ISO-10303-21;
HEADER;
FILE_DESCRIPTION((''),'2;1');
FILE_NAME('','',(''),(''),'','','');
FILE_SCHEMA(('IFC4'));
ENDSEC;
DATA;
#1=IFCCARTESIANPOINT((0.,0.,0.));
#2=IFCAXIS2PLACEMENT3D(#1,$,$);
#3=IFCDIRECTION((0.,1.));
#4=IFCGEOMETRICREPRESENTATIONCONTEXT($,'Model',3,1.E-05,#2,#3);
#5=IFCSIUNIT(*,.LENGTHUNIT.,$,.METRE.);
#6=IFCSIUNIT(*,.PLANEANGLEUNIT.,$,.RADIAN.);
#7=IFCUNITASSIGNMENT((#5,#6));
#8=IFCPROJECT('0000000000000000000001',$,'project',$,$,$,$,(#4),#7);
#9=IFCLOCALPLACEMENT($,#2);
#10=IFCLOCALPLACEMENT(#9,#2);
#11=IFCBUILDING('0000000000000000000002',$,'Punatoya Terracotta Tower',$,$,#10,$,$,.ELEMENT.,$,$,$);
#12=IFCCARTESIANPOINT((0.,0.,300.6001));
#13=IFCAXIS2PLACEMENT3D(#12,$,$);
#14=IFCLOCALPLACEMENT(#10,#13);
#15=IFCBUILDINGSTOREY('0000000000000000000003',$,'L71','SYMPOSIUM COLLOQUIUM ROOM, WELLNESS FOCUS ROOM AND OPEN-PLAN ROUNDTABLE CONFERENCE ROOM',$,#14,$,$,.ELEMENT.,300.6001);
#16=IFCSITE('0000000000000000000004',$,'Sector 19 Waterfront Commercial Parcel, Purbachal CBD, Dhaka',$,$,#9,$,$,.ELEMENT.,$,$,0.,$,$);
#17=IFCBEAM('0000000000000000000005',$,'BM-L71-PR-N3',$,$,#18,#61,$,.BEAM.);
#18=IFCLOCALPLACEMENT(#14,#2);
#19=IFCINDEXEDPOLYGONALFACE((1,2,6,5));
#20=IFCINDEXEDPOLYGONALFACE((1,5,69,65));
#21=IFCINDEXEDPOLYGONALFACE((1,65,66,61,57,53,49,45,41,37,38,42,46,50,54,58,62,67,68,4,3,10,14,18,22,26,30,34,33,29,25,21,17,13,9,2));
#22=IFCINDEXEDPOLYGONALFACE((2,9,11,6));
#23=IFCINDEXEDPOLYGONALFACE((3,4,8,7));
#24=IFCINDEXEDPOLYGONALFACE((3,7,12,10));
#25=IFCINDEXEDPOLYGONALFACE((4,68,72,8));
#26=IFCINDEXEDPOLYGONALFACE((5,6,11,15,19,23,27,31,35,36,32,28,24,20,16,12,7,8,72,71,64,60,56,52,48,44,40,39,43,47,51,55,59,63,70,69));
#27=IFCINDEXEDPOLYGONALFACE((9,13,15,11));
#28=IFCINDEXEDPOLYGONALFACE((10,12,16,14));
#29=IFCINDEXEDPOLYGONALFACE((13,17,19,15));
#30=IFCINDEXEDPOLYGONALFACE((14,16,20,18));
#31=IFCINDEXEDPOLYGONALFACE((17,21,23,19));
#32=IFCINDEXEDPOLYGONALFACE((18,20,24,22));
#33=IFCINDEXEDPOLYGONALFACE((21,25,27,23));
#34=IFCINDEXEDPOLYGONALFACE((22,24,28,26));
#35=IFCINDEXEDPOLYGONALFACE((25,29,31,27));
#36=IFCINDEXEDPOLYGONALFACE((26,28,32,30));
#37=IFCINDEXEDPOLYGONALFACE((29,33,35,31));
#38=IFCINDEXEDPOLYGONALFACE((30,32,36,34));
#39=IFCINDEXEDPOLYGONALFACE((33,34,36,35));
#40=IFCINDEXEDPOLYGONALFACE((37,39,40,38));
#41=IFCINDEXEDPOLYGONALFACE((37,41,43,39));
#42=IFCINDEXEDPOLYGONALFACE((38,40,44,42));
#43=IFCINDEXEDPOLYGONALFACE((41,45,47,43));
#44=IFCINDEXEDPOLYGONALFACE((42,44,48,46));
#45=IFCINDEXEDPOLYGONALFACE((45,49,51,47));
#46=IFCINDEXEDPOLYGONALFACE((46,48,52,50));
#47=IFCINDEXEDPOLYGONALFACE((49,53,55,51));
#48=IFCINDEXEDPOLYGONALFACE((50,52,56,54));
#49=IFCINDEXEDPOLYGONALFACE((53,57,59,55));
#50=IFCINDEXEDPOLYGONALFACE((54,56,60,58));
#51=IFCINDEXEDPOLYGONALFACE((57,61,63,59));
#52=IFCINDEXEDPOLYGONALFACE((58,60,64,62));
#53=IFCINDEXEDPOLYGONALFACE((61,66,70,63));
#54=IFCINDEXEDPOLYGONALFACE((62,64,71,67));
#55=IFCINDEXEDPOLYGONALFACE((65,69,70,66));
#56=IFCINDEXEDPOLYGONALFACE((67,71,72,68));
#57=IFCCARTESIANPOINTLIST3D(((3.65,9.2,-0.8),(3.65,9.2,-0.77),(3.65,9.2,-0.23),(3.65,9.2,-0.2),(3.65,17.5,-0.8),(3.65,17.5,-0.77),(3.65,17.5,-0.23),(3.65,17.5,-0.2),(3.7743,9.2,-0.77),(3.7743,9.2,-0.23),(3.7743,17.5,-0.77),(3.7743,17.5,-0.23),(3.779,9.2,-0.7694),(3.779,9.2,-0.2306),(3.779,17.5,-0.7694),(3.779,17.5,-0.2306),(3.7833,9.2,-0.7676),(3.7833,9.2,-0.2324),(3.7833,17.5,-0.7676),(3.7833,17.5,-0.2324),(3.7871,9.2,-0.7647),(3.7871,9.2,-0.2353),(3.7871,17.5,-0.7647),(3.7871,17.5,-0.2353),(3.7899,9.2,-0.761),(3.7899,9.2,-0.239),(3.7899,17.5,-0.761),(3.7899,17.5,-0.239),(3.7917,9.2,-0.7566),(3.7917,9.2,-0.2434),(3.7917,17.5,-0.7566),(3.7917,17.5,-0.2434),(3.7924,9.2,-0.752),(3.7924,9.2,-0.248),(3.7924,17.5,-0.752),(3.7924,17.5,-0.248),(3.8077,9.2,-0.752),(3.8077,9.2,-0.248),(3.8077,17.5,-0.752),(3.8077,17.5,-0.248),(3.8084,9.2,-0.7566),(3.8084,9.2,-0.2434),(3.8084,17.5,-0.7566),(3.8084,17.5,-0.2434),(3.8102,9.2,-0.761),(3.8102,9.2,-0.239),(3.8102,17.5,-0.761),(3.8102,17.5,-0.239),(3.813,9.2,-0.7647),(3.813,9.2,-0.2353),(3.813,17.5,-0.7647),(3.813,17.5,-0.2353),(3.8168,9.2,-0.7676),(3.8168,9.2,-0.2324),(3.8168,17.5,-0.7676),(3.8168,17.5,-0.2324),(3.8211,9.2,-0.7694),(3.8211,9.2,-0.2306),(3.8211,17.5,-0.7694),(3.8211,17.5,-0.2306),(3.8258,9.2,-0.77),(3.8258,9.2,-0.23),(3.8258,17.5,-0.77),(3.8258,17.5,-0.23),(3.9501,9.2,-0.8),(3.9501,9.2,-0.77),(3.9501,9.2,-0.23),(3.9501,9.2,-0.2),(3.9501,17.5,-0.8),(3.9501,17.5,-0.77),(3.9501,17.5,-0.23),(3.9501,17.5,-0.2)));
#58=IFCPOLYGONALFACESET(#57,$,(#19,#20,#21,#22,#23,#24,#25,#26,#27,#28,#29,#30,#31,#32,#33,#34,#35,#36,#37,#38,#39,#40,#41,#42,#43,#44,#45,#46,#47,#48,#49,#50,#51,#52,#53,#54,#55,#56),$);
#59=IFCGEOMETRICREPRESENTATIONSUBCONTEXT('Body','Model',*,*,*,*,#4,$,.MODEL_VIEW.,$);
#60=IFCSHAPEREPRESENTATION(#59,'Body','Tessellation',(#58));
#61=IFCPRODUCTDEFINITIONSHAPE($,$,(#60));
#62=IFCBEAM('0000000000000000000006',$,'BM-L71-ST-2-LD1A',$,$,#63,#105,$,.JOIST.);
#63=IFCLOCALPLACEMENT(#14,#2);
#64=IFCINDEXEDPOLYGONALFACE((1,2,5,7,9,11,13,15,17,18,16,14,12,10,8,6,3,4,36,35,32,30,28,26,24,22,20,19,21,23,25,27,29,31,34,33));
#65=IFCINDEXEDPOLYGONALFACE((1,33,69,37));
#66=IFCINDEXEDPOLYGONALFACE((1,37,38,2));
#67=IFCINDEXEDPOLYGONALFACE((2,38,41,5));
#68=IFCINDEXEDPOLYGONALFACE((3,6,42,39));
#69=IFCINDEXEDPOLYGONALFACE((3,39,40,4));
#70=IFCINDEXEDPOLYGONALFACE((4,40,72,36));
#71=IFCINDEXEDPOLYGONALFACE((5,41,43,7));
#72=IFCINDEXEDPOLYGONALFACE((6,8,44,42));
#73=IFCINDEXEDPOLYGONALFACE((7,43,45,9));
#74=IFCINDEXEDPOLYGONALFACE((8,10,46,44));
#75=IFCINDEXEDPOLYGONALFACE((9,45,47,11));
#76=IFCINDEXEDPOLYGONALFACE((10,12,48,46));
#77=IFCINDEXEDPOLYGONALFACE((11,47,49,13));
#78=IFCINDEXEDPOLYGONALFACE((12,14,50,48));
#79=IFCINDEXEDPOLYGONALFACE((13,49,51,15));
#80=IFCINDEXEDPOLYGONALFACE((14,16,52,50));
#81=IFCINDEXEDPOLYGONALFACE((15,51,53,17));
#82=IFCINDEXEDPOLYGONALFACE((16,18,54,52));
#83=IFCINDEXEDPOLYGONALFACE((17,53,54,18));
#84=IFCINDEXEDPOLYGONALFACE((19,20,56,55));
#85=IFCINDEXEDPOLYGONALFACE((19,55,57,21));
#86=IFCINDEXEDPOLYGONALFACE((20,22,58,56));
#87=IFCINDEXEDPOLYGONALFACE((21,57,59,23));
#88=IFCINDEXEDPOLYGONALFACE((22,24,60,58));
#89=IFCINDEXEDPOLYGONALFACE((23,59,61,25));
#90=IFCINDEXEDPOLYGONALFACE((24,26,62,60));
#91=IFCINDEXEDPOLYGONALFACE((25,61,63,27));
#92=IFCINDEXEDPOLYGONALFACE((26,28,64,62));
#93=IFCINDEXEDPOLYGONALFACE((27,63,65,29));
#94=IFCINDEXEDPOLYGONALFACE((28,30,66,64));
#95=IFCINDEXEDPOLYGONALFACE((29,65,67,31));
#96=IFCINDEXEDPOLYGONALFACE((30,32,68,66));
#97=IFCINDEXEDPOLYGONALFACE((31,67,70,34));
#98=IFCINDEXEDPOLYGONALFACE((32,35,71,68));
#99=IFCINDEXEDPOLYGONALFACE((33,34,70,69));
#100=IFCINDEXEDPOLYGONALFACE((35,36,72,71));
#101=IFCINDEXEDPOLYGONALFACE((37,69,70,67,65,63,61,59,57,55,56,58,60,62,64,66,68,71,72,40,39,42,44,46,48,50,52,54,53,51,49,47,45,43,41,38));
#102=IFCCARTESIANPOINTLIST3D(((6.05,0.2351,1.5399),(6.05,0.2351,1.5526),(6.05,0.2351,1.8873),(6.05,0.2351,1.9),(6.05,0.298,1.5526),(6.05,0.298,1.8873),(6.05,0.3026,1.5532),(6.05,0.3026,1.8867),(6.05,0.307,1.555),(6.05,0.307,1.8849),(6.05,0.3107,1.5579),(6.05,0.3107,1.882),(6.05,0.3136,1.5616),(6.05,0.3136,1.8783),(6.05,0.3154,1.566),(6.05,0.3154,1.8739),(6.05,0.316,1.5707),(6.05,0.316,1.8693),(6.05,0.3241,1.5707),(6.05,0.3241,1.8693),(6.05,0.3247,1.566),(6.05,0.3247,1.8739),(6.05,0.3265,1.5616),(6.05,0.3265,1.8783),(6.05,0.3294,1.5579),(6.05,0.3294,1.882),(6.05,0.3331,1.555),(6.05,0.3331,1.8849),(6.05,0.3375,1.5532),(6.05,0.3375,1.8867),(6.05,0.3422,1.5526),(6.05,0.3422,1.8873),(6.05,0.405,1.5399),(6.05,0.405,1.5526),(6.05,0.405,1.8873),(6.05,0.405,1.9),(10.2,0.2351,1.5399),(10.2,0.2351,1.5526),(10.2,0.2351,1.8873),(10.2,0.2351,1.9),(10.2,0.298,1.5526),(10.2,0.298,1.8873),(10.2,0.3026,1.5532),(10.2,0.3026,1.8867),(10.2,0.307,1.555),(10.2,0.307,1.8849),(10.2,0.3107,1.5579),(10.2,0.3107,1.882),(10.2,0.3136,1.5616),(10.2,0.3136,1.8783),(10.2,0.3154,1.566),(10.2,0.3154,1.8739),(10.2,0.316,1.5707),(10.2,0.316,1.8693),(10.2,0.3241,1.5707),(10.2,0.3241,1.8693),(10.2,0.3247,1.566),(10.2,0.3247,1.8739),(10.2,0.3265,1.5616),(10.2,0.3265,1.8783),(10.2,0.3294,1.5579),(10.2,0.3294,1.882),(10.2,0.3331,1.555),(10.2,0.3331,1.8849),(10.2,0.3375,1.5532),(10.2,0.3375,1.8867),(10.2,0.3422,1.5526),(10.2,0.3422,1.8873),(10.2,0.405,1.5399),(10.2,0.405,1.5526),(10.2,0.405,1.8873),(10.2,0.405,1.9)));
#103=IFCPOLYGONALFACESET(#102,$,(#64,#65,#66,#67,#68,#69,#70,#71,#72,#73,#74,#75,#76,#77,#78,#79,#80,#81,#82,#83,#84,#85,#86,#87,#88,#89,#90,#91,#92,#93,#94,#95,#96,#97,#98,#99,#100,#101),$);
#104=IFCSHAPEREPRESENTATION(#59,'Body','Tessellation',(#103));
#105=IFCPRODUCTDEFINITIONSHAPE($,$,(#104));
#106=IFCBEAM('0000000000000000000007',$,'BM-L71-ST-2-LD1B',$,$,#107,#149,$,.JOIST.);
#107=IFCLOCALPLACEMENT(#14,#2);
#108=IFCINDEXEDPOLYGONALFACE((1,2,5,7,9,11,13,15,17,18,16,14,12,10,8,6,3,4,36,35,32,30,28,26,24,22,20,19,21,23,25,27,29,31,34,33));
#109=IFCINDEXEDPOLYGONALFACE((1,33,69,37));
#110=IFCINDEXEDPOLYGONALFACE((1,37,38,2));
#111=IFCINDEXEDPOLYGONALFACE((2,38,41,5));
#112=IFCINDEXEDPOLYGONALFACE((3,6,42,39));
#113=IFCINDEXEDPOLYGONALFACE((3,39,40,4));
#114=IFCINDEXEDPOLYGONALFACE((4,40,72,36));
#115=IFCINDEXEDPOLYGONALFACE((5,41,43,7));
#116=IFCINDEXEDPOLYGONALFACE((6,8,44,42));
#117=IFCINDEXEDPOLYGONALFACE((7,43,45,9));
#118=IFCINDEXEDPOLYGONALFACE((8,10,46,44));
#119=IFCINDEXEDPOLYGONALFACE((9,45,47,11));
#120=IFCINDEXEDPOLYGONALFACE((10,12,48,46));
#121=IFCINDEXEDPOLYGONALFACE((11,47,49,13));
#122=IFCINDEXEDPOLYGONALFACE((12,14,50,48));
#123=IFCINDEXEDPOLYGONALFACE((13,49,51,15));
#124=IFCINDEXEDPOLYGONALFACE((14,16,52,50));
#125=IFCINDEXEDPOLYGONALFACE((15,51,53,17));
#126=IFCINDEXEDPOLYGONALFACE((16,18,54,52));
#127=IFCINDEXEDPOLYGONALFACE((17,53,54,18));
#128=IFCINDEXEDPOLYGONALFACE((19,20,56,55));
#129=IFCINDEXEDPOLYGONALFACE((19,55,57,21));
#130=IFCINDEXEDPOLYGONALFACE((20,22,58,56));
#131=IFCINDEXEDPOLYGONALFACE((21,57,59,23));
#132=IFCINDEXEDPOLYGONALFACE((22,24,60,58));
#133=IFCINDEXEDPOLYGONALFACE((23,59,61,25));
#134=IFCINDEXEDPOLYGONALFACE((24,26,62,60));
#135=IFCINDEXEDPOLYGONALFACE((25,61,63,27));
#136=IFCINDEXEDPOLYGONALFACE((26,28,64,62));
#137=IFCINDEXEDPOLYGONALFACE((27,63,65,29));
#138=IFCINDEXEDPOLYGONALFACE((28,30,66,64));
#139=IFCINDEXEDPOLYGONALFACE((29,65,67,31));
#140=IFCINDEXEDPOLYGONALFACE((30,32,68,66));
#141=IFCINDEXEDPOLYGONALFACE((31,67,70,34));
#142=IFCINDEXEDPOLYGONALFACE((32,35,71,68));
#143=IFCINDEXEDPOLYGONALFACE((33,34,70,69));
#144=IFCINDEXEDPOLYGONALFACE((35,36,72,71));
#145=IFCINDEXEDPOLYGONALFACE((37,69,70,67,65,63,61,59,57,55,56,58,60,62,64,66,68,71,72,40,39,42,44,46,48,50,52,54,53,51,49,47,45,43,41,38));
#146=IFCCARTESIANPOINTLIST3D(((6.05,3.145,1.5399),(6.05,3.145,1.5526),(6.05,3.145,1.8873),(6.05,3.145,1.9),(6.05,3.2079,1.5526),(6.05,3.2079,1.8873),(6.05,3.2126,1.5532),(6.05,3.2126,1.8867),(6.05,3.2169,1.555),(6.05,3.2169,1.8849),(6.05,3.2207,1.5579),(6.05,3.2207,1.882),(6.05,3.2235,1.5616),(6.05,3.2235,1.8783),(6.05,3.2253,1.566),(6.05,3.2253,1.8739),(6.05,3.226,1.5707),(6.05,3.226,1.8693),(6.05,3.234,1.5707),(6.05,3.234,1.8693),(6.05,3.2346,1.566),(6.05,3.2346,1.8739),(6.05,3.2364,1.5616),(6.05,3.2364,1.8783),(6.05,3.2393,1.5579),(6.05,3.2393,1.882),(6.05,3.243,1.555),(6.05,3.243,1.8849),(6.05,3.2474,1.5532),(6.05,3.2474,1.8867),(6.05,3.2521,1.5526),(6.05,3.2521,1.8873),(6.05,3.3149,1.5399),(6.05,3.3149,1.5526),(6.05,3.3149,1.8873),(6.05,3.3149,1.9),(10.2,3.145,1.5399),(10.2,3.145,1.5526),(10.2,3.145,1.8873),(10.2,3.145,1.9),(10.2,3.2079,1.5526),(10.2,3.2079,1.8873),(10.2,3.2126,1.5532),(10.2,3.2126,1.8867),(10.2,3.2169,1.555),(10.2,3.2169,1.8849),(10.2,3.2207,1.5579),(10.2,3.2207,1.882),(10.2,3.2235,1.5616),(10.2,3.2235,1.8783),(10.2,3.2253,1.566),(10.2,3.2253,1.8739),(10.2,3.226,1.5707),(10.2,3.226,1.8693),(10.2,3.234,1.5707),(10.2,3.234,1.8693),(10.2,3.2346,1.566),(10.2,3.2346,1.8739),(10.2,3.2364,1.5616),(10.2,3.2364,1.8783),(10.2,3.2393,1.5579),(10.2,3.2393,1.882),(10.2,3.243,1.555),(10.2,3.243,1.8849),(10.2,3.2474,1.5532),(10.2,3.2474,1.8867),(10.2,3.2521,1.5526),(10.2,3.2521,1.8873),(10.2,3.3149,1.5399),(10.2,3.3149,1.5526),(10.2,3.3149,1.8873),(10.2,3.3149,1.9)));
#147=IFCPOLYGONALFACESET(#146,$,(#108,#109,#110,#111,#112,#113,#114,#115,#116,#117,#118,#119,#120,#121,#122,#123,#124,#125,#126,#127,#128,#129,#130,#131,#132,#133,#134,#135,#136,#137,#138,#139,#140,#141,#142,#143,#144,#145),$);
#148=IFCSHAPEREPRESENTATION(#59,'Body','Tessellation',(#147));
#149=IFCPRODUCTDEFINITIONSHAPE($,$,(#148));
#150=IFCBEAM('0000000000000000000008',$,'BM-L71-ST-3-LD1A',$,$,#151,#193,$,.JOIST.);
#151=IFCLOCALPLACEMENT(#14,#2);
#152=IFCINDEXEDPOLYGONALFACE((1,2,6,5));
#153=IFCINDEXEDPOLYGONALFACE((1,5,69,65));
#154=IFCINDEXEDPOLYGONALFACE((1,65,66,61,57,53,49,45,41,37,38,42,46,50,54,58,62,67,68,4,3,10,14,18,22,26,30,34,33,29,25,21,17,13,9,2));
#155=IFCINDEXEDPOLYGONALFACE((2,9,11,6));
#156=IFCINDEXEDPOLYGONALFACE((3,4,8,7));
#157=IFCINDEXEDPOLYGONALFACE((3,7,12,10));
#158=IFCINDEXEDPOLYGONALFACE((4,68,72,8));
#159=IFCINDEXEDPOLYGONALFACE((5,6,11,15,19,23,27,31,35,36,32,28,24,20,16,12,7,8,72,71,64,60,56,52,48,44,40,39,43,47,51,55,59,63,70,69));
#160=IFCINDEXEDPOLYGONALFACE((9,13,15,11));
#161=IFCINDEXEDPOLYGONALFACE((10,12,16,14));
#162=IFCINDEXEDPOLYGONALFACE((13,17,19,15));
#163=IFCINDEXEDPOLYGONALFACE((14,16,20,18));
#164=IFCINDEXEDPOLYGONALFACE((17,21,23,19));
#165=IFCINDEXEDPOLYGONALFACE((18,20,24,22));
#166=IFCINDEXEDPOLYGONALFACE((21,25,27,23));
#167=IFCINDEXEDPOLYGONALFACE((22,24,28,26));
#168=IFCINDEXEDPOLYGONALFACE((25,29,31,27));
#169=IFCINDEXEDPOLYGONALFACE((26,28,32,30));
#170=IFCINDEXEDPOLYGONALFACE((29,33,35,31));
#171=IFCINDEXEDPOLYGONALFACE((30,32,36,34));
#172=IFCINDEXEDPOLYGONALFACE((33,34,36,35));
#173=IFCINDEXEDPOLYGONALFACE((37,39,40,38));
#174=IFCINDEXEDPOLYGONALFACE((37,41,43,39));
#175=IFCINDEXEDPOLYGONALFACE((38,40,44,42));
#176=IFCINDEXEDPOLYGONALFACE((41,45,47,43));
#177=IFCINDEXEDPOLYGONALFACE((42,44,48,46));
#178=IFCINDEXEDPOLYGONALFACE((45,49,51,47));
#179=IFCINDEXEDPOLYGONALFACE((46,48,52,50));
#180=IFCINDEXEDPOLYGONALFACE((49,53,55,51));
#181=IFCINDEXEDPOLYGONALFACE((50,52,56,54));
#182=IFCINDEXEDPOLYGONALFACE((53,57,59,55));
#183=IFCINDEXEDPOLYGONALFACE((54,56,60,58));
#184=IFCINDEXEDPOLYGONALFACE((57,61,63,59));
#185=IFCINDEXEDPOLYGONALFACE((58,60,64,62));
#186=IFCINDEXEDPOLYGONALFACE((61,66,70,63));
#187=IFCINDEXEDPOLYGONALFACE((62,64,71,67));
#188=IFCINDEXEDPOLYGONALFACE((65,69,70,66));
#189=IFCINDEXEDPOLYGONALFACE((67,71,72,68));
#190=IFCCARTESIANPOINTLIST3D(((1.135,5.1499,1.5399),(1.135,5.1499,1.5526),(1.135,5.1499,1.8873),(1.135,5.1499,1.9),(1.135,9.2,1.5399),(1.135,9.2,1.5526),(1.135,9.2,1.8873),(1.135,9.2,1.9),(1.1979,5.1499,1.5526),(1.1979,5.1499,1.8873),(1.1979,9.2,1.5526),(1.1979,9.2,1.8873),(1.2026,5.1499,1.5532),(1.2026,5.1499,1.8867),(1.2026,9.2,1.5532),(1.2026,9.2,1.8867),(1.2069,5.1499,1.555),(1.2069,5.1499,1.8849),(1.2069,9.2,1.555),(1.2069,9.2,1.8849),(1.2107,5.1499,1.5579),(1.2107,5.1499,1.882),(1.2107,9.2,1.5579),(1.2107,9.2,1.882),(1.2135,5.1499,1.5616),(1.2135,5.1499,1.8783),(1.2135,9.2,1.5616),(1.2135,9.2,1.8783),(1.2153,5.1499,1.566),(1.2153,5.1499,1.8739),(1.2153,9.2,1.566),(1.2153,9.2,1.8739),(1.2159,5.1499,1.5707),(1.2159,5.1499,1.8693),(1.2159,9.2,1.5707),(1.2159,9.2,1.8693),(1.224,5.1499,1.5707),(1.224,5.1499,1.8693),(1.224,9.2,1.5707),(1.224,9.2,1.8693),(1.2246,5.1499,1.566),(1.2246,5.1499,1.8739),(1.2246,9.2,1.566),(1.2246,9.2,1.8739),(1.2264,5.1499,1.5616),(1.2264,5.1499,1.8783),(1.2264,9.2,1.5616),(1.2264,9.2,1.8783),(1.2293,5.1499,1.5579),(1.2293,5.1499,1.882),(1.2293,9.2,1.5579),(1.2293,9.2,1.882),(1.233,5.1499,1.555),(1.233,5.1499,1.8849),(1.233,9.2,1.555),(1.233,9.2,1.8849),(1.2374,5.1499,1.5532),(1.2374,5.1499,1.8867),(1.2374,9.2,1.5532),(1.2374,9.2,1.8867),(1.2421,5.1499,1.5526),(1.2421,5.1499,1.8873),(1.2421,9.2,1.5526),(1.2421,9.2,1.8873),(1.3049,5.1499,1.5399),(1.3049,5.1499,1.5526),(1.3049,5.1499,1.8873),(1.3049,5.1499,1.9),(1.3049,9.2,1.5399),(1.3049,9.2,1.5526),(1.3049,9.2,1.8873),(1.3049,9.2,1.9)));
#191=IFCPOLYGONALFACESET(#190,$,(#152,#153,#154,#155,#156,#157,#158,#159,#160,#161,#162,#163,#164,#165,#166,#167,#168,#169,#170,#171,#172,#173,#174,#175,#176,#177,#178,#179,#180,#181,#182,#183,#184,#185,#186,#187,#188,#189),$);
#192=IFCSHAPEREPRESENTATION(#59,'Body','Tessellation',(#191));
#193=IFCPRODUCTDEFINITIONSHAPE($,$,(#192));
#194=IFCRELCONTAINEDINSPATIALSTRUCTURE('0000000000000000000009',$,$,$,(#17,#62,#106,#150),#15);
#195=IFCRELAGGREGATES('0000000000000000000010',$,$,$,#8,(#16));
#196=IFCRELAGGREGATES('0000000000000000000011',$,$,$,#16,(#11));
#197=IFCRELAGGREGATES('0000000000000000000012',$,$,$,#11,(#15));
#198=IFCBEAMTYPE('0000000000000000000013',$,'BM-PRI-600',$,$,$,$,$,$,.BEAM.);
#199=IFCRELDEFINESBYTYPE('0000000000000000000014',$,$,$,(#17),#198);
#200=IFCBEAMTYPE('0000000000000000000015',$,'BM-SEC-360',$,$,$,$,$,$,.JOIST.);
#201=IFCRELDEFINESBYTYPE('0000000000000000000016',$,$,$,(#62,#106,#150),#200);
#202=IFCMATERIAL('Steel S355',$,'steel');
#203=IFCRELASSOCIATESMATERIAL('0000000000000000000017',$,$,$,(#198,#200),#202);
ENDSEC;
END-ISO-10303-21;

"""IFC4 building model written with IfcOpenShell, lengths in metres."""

from ifc_helpers import new_model, si_unit, direction, frame, origin, origin_2d, place, context, subcontext, project, spatial, i_section, extrude, material, material_profile, profile_set, type_object, element, save


model = new_model("IFC4")

# Units and contexts
model_context = context("Model", 3, precision=1e-05, world=origin(), true_north=direction((0.0, 1.0)))
body_context = subcontext(model_context, "Body", "Model", "MODEL_VIEW")
ifc_project = project(units=[si_unit("LENGTHUNIT", "METRE"), si_unit("PLANEANGLEUNIT", "RADIAN")], contexts=[model_context])

# Site, building, storey
site_placement = place(None, origin())
site = spatial("IfcSite", under=ifc_project, at=site_placement, Name="Sector 19 Waterfront Commercial Parcel, Purbachal CBD, Dhaka", CompositionType="ELEMENT", RefElevation=0.0)
building_placement = place(site_placement, origin())
building = spatial("IfcBuilding", under=site, at=building_placement, Name="Punatoya Terracotta Tower", CompositionType="ELEMENT")
storey_placement = place(building_placement, frame((0.0, 0.0, 300.6001)))
storey = spatial("IfcBuildingStorey", under=building, at=storey_placement, Name="L71", Description="SYMPOSIUM COLLOQUIUM ROOM, WELLNESS FOCUS ROOM AND OPEN-PLAN ROUNDTABLE CONFERENCE ROOM", CompositionType="ELEMENT", Elevation=300.6001)

# Beams
ifc_material_1 = material(Name="Steel S355", Category="steel")
ifc_material_profile_1 = material_profile(ifc_material_1, i_section(OverallWidth=0.3, OverallDepth=0.6001, WebThickness=0.0154, FlangeThickness=0.03, FilletRadius=0.0181, at=origin_2d()))
ifc_profile_set_1 = profile_set([ifc_material_profile_1], Name="Steel S355")
beam_type_1 = type_object("IfcBeamType", Name="BM-PRI-600", PredefinedType="BEAM", material=ifc_profile_set_1)
beam_placement = place(storey_placement, frame((3.8, 9.2, -0.5), z_axis=(0.0, 1.0, 0.0), x_axis=(-1.0, 0.0, 0.0)))
element("IfcBeam", 1, at=beam_placement, inside=storey, type_object=beam_type_1, Name="BM-L71-PR-N3", PredefinedType="BEAM", context=body_context, shape_type="SweptSolid", body=[
    extrude(i_section(OverallWidth=0.3, OverallDepth=0.6001, WebThickness=0.0154, FlangeThickness=0.03, FilletRadius=0.0181, at=origin_2d()), origin(), (0.0, 0.0, 1.0), 8.3),
])
ifc_material_profile_2 = material_profile(ifc_material_1, i_section(OverallWidth=0.1699, OverallDepth=0.3601, WebThickness=0.0081, FlangeThickness=0.0127, FilletRadius=0.0181, at=origin_2d()))
ifc_profile_set_2 = profile_set([ifc_material_profile_2], Name="Steel S355")
beam_type_2 = type_object("IfcBeamType", Name="BM-SEC-360", PredefinedType="JOIST", material=ifc_profile_set_2)
for number, where, z_axis, x_axis, name in (
    (2, (6.05, 0.3201, 1.72), (1.0, 0.0, 0.0), (0.0, 1.0, 0.0), "BM-L71-ST-2-LD1A"),
    (3, (6.05, 3.23, 1.72), (1.0, 0.0, 0.0), (0.0, 1.0, 0.0), "BM-L71-ST-2-LD1B"),
):
    element("IfcBeam", number, at=place(storey_placement, frame(where, z_axis=z_axis, x_axis=x_axis)), inside=storey, type_object=beam_type_2, Name=name, PredefinedType="JOIST", context=body_context, shape_type="SweptSolid", body=[
        extrude(i_section(OverallWidth=0.1699, OverallDepth=0.3601, WebThickness=0.0081, FlangeThickness=0.0127, FilletRadius=0.0181, at=origin_2d()), origin(), (0.0, 0.0, 1.0), 4.1499),
    ])
for number, where, z_axis, x_axis, name in (
    (4, (1.22, 5.1499, 1.72), (0.0, 1.0, 0.0), (-1.0, 0.0, 0.0), "BM-L71-ST-3-LD1A"),
):
    element("IfcBeam", number, at=place(storey_placement, frame(where, z_axis=z_axis, x_axis=x_axis)), inside=storey, type_object=beam_type_2, Name=name, PredefinedType="JOIST", context=body_context, shape_type="SweptSolid", body=[
        extrude(i_section(OverallWidth=0.1699, OverallDepth=0.3601, WebThickness=0.0081, FlangeThickness=0.0127, FilletRadius=0.0181, at=origin_2d()), origin(), (0.0, 0.0, 1.0), 4.05),
    ])

save(model, "model.ifc")
